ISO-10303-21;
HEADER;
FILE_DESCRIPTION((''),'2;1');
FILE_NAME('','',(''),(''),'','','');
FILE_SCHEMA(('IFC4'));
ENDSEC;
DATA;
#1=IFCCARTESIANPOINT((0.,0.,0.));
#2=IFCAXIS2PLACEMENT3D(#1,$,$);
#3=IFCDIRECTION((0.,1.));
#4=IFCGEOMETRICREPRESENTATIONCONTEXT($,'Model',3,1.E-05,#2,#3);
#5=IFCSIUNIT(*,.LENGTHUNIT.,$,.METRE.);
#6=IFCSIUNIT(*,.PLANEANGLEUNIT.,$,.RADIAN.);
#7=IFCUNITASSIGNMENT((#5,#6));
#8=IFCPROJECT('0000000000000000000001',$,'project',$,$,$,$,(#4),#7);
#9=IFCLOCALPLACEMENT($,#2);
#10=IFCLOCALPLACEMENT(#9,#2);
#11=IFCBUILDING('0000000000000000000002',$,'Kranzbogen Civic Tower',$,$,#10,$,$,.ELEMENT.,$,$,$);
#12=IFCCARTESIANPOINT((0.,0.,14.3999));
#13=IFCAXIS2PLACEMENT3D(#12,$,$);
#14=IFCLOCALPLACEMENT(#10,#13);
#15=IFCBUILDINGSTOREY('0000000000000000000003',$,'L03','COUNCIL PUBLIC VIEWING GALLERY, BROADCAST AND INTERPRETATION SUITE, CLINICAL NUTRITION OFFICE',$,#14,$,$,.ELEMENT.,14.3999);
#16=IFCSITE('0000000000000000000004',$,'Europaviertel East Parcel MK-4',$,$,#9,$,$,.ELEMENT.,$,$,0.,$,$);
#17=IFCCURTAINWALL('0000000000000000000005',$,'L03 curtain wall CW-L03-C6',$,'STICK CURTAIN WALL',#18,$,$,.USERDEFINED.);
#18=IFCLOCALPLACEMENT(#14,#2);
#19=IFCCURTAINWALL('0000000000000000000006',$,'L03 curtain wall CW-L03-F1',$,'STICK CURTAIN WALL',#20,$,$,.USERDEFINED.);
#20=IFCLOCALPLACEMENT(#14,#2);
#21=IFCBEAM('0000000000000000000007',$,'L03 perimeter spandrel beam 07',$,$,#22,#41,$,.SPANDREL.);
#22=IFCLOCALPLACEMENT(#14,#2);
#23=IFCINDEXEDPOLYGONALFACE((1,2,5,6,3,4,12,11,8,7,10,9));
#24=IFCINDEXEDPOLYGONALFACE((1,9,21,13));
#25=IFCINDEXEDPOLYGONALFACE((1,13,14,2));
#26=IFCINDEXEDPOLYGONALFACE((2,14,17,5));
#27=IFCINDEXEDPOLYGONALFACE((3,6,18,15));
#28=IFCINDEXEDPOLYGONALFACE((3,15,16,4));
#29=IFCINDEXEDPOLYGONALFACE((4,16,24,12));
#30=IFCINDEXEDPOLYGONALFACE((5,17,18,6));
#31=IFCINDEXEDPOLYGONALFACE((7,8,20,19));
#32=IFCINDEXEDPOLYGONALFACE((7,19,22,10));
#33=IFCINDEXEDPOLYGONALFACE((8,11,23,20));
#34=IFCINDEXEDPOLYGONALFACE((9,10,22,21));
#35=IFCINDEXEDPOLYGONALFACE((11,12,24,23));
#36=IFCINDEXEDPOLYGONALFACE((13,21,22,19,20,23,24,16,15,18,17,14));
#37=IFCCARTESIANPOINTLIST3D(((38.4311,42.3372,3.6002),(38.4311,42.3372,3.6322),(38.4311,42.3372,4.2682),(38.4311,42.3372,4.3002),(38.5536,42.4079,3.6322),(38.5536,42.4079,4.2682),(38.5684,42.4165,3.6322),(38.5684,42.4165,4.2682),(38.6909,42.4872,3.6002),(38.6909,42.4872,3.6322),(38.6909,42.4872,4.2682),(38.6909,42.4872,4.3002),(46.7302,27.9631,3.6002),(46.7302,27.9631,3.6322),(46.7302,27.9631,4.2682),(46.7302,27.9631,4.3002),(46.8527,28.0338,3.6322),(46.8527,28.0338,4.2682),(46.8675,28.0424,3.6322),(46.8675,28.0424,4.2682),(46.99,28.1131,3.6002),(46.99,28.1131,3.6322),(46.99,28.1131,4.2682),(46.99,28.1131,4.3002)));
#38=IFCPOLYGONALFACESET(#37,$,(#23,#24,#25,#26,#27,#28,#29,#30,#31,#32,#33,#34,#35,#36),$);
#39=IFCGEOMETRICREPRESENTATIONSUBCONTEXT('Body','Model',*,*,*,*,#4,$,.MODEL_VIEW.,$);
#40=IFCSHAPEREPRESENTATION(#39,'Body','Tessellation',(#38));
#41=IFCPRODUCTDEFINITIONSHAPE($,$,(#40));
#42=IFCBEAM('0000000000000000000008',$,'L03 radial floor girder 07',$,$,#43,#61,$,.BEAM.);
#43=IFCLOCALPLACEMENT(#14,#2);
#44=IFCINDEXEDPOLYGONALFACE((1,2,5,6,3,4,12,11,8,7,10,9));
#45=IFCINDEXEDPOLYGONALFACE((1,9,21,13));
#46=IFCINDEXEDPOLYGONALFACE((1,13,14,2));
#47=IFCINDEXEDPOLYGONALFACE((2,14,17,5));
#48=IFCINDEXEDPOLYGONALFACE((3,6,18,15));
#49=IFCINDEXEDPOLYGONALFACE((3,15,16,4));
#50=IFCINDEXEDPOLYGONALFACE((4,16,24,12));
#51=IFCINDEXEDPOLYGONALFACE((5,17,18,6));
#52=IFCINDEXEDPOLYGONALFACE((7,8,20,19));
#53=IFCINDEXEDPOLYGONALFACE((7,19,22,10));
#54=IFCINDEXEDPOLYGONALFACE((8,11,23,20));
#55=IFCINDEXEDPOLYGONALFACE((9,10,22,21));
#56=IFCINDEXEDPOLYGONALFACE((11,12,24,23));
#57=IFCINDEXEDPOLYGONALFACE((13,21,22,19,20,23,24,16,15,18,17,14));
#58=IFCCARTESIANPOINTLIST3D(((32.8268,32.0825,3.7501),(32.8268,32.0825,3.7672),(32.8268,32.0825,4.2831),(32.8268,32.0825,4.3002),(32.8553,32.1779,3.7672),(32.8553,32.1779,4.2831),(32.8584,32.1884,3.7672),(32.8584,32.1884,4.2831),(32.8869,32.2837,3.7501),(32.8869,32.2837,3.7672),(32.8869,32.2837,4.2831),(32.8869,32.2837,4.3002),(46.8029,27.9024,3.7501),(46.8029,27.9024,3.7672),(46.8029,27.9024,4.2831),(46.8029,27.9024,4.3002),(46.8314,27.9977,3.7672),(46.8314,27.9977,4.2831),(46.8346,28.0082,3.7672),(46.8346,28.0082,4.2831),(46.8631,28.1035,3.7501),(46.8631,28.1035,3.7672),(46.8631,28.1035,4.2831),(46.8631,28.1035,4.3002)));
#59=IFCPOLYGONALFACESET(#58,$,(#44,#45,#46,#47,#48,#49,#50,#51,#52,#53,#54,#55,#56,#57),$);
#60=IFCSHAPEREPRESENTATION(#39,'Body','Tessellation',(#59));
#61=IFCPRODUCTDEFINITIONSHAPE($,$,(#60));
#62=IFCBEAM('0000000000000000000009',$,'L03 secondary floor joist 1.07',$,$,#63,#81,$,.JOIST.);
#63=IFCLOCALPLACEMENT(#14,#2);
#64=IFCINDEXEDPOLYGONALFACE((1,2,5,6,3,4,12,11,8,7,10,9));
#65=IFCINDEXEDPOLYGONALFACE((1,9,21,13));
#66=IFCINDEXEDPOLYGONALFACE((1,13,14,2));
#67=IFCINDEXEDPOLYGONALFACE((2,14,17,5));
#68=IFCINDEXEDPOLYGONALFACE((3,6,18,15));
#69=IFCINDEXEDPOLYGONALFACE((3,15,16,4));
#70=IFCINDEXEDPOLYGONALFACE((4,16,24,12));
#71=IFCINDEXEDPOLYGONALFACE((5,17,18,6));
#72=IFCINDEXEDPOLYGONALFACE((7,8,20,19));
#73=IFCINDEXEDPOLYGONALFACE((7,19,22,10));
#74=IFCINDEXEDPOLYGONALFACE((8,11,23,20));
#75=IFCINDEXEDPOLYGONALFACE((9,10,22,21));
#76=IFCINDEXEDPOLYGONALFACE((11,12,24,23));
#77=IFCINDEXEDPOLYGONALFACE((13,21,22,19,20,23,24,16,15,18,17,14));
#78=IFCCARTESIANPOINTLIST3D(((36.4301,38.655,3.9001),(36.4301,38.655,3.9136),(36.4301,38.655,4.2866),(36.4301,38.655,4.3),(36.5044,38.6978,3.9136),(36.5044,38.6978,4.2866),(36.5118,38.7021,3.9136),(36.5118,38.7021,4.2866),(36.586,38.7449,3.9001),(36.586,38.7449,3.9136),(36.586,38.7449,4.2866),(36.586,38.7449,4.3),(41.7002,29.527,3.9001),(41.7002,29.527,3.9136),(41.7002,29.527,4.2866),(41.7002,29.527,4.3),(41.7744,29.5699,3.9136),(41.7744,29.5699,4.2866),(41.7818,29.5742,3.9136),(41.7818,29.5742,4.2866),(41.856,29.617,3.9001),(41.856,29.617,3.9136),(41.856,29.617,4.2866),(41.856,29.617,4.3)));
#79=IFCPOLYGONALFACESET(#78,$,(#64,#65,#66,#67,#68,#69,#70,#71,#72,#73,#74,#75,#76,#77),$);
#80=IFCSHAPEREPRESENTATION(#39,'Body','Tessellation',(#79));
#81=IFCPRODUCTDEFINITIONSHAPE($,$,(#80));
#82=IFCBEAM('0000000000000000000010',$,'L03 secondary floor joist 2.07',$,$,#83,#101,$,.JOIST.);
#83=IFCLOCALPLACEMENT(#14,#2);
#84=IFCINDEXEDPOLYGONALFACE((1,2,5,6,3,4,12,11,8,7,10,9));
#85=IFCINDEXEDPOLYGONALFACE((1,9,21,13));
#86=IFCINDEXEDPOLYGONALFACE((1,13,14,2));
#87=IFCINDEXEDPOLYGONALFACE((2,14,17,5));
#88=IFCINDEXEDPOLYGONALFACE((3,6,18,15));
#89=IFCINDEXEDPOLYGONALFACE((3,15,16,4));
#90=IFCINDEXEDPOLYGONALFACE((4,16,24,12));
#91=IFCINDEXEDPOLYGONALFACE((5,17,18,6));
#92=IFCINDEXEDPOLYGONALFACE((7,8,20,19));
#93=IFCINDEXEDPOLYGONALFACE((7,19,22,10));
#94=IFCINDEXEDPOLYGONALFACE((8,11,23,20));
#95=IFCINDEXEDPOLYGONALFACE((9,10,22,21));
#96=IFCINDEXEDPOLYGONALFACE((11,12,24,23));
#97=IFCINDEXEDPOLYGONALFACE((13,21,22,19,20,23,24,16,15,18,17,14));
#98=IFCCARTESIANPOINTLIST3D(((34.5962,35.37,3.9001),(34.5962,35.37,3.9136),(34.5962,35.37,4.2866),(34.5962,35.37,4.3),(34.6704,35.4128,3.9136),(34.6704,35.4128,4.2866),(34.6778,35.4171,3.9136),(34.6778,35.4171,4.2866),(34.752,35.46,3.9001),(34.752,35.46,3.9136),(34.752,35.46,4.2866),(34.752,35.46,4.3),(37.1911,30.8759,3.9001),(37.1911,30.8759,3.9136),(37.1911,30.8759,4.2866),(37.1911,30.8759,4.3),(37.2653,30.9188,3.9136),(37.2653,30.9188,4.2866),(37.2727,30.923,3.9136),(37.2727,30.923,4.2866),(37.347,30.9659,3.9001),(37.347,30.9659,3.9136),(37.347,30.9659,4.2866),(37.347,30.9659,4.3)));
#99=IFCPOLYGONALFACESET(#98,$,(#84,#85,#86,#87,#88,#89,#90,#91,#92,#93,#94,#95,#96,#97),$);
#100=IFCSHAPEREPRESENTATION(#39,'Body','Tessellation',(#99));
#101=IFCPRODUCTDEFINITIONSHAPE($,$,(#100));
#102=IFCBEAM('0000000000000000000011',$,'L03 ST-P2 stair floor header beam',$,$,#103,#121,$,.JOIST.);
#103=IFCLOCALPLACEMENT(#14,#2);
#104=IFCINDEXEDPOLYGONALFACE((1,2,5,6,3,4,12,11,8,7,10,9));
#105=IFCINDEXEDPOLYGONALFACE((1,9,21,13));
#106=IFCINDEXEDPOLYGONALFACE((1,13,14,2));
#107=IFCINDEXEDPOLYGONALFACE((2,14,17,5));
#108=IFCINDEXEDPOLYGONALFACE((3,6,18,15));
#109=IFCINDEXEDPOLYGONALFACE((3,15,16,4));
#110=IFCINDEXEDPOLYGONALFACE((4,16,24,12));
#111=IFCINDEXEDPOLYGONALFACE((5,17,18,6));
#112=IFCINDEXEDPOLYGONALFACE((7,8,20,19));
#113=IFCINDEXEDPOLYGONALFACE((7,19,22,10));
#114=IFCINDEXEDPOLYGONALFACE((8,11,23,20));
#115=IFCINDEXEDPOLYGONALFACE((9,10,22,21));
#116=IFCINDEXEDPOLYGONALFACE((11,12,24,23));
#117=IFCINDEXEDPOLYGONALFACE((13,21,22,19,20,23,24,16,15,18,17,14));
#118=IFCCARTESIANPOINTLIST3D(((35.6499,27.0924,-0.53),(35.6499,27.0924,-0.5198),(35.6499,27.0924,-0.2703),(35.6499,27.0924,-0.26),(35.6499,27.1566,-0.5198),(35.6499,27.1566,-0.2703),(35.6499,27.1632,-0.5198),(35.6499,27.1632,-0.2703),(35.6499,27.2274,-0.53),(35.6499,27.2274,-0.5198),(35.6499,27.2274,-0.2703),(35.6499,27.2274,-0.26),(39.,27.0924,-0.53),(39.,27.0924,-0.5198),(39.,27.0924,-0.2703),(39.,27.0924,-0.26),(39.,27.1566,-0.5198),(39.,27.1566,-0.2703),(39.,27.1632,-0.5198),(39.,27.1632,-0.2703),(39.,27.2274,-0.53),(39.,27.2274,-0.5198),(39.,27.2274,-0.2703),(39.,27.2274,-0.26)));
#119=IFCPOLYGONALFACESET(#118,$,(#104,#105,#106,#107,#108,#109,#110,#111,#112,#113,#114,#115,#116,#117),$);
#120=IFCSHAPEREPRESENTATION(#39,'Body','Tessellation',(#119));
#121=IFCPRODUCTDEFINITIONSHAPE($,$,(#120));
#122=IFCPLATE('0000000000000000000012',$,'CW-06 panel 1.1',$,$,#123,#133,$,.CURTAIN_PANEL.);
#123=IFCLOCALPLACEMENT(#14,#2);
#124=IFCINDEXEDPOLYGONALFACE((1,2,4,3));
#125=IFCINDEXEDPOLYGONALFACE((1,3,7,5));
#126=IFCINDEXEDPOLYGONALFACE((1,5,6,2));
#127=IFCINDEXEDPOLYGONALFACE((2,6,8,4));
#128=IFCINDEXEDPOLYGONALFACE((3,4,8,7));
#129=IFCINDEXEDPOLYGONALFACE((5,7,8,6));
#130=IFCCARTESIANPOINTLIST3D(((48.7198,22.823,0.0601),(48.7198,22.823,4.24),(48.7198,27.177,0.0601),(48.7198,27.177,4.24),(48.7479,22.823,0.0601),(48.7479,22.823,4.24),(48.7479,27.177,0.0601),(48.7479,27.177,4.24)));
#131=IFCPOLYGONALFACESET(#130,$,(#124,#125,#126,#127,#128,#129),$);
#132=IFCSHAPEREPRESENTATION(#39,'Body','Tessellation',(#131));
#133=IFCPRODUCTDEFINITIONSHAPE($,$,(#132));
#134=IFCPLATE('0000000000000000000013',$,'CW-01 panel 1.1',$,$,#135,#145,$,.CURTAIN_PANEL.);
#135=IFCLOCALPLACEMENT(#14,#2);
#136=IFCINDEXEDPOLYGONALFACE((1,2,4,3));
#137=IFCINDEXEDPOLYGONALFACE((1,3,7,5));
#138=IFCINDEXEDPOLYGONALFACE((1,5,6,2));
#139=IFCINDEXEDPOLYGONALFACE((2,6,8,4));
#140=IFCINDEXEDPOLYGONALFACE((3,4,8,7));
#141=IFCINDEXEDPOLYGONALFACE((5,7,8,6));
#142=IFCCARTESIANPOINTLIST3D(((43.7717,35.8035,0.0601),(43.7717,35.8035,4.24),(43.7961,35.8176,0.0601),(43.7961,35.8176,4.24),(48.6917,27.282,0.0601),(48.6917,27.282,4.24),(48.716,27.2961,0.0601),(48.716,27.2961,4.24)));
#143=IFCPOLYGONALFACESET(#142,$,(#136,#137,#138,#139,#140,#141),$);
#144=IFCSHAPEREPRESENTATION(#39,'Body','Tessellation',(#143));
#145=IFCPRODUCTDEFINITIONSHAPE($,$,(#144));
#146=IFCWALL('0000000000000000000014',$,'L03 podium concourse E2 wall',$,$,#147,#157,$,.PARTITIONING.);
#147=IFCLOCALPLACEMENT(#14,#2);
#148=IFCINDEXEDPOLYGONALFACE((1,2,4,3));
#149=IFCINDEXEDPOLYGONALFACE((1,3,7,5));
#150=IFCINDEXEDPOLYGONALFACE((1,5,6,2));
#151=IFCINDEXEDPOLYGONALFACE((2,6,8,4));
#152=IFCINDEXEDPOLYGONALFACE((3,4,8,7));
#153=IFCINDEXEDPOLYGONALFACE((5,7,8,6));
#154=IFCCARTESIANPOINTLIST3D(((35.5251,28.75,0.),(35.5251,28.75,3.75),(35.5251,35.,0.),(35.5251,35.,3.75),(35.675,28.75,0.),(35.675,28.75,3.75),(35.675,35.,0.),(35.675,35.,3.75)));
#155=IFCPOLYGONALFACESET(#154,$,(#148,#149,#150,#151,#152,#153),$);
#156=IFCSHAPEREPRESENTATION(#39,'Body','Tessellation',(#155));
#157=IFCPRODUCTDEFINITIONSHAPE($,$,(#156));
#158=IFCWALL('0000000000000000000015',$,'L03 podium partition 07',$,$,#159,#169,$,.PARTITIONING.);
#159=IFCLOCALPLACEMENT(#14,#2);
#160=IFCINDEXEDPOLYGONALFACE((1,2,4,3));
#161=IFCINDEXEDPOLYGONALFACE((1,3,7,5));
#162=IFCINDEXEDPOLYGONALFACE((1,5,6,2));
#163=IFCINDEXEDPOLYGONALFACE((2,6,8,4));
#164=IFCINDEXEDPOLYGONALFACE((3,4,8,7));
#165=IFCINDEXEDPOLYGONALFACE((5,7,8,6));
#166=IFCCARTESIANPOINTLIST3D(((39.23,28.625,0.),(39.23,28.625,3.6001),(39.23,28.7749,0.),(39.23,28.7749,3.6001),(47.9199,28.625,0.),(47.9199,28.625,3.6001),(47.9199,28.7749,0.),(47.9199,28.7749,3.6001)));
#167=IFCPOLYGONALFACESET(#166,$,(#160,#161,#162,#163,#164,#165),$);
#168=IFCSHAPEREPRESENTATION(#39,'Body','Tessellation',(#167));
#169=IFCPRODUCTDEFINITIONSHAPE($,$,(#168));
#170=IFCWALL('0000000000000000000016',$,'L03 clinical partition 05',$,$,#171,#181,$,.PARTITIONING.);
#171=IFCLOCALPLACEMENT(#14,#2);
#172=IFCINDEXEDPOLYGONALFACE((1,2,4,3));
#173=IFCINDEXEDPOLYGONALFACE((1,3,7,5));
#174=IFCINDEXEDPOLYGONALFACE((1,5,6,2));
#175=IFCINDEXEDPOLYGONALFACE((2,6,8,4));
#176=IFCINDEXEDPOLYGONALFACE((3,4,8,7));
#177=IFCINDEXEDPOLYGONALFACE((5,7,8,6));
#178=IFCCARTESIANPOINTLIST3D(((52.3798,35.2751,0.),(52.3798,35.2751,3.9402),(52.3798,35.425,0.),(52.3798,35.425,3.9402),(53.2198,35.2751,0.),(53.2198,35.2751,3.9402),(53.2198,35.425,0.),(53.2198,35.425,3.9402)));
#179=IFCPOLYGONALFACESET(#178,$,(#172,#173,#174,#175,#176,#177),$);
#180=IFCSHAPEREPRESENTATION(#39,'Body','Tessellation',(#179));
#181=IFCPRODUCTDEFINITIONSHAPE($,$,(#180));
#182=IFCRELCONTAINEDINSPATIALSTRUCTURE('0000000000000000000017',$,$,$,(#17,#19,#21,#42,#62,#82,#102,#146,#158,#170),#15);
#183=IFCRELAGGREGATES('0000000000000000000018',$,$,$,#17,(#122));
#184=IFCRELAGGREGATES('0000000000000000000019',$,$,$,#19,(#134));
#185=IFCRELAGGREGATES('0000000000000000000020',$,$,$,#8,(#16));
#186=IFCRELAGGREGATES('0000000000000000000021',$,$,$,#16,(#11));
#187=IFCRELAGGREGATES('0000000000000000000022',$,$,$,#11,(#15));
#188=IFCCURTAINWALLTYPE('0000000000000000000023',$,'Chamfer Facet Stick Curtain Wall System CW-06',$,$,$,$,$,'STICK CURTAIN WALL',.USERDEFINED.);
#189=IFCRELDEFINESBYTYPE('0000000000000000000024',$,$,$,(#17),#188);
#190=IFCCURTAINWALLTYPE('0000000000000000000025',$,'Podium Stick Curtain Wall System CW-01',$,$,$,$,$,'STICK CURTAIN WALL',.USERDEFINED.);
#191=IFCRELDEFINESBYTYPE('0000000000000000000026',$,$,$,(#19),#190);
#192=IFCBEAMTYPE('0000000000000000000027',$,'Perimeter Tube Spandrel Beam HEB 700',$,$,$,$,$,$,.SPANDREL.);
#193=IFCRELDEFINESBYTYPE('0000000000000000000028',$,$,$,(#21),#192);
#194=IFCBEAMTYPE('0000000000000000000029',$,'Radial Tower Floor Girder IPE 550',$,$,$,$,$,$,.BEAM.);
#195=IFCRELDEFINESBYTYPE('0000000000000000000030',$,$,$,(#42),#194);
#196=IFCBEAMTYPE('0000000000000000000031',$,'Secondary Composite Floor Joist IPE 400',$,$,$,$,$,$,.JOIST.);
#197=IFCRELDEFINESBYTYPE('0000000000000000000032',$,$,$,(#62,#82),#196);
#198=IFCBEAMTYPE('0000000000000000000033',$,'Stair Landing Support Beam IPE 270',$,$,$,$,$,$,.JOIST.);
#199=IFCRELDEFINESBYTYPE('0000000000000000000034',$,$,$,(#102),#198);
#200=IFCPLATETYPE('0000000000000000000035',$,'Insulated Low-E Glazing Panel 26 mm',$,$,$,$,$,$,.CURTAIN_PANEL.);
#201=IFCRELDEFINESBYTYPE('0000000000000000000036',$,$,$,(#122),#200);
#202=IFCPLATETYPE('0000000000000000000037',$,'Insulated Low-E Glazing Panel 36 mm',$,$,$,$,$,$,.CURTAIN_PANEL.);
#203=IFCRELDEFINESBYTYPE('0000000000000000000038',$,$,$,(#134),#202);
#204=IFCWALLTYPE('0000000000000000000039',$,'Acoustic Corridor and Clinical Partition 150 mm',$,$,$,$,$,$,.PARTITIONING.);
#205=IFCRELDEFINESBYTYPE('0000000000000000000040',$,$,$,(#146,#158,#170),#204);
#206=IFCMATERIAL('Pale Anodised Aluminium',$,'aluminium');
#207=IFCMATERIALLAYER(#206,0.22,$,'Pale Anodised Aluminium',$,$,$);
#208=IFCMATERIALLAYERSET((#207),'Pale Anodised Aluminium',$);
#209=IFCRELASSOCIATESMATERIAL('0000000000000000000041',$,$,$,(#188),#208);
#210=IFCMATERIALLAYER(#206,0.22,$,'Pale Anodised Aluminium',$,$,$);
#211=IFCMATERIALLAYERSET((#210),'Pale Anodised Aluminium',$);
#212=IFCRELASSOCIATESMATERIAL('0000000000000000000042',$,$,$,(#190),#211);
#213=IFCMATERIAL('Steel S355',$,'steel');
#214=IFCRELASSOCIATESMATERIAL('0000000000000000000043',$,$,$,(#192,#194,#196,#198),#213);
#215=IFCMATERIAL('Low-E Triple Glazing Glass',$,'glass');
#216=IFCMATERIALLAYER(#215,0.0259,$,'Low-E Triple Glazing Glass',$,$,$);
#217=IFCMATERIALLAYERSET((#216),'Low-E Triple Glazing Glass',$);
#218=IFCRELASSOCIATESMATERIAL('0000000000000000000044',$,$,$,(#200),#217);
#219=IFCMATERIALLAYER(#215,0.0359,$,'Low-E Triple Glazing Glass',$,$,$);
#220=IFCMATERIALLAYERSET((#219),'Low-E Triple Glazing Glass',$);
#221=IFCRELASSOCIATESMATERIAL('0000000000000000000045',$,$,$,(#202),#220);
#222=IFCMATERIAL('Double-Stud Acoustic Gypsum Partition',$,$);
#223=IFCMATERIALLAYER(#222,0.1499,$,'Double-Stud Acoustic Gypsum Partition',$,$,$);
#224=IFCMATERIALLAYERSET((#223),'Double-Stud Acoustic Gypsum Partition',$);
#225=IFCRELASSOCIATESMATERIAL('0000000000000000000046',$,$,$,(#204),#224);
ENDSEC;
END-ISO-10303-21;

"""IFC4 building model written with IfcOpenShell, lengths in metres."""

from ifc_helpers import new_model, si_unit, direction, frame, frame_2d, origin, origin_2d, place, context, subcontext, project, spatial, rectangle, i_section, extrude, material, layer, layer_set, material_profile, profile_set, type_object, element, aggregate, save


model = new_model("IFC4")

# Units and contexts
model_context = context("Model", 3, precision=1e-05, world=origin(), true_north=direction((0.0, 1.0)))
body_context = subcontext(model_context, "Body", "Model", "MODEL_VIEW")
ifc_project = project(units=[si_unit("LENGTHUNIT", "METRE"), si_unit("PLANEANGLEUNIT", "RADIAN")], contexts=[model_context])

# Site, building, storey
site_placement = place(None, origin())
site = spatial("IfcSite", under=ifc_project, at=site_placement, Name="Europaviertel East Parcel MK-4", CompositionType="ELEMENT", RefElevation=0.0)
building_placement = place(site_placement, origin())
building = spatial("IfcBuilding", under=site, at=building_placement, Name="Kranzbogen Civic Tower", CompositionType="ELEMENT")
storey_placement = place(building_placement, frame((0.0, 0.0, 14.3999)))
storey = spatial("IfcBuildingStorey", under=building, at=storey_placement, Name="L03", Description="COUNCIL PUBLIC VIEWING GALLERY, BROADCAST AND INTERPRETATION SUITE, CLINICAL NUTRITION OFFICE", CompositionType="ELEMENT", Elevation=14.3999)

# Curtain wall
ifc_material_1 = material(Name="Pale Anodised Aluminium", Category="aluminium")
ifc_layer_1 = layer(ifc_material_1, 0.22, Name="Pale Anodised Aluminium")
ifc_layer_set_1 = layer_set([ifc_layer_1], Name="Pale Anodised Aluminium")
curtain_wall_type_1 = type_object("IfcCurtainWallType", Name="Chamfer Facet Stick Curtain Wall System CW-06", ElementType="STICK CURTAIN WALL", PredefinedType="USERDEFINED", material=ifc_layer_set_1)
curtain_wall_1_placement = place(storey_placement, origin())
curtain_wall_1 = element("IfcCurtainWall", 1, at=curtain_wall_1_placement, inside=storey, type_object=curtain_wall_type_1, Name="L03 curtain wall CW-L03-C6", ObjectType="STICK CURTAIN WALL", PredefinedType="USERDEFINED")

# Curtain wall
ifc_layer_2 = layer(ifc_material_1, 0.22, Name="Pale Anodised Aluminium")
ifc_layer_set_2 = layer_set([ifc_layer_2], Name="Pale Anodised Aluminium")
curtain_wall_type_2 = type_object("IfcCurtainWallType", Name="Podium Stick Curtain Wall System CW-01", ElementType="STICK CURTAIN WALL", PredefinedType="USERDEFINED", material=ifc_layer_set_2)
curtain_wall_2_placement = place(storey_placement, origin())
curtain_wall_2 = element("IfcCurtainWall", 2, at=curtain_wall_2_placement, inside=storey, type_object=curtain_wall_type_2, Name="L03 curtain wall CW-L03-F1", ObjectType="STICK CURTAIN WALL", PredefinedType="USERDEFINED")

# Beams
ifc_material_2 = material(Name="Steel S355", Category="steel")
ifc_material_profile_1 = material_profile(ifc_material_2, i_section(OverallWidth=0.3, OverallDepth=0.7, WebThickness=0.0171, FlangeThickness=0.032, at=origin_2d()), Name="HEB 700")
ifc_profile_set_1 = profile_set([ifc_material_profile_1], Name="Steel S355")
beam_type_1 = type_object("IfcBeamType", Name="Perimeter Tube Spandrel Beam HEB 700", PredefinedType="SPANDREL", material=ifc_profile_set_1)
beam_1_placement = place(storey_placement, frame((46.8601, 28.0381, 3.9502), z_axis=(-0.50001, 0.86602, 0.0), x_axis=(-0.86602, -0.50001, 0.0)))
element("IfcBeam", 3, at=beam_1_placement, inside=storey, type_object=beam_type_1, Name="L03 perimeter spandrel beam 07", PredefinedType="SPANDREL", context=body_context, shape_type="SweptSolid", body=[
    extrude(i_section(OverallWidth=0.3, OverallDepth=0.7, WebThickness=0.0171, FlangeThickness=0.032, at=origin_2d()), origin(), (0.0, 0.0, 1.0), 16.5979),
])
ifc_material_profile_2 = material_profile(ifc_material_2, i_section(OverallWidth=0.21, OverallDepth=0.55, WebThickness=0.011, FlangeThickness=0.0171, at=origin_2d()), Name="IPE 550")
ifc_profile_set_2 = profile_set([ifc_material_profile_2], Name="Steel S355")
beam_type_2 = type_object("IfcBeamType", Name="Radial Tower Floor Girder IPE 550", PredefinedType="BEAM", material=ifc_profile_set_2)
beam_2_placement = place(storey_placement, frame((46.833, 28.0029, 4.0251), z_axis=(-0.958065, 0.286552, 0.0), x_axis=(-0.286552, -0.958065, 0.0)))
element("IfcBeam", 4, at=beam_2_placement, inside=storey, type_object=beam_type_2, Name="L03 radial floor girder 07", PredefinedType="BEAM", context=body_context, shape_type="SweptSolid", body=[
    extrude(i_section(OverallWidth=0.21, OverallDepth=0.55, WebThickness=0.011, FlangeThickness=0.0171, at=origin_2d()), origin(), (0.0, 0.0, 1.0), 14.5879),
])
ifc_material_profile_3 = material_profile(ifc_material_2, i_section(OverallWidth=0.1799, OverallDepth=0.3999, WebThickness=0.0085, FlangeThickness=0.0134, at=origin_2d()), Name="IPE 400")
ifc_profile_set_3 = profile_set([ifc_material_profile_3], Name="Steel S355")
beam_type_3 = type_object("IfcBeamType", Name="Secondary Composite Floor Joist IPE 400", PredefinedType="JOIST", material=ifc_profile_set_3)
beam_3_placement = place(storey_placement, frame((41.7781, 29.572, 4.1001), z_axis=(-0.5, 0.866025, 0.0), x_axis=(-0.866025, -0.5, 0.0)))
element("IfcBeam", 5, at=beam_3_placement, inside=storey, type_object=beam_type_3, Name="L03 secondary floor joist 1.07", PredefinedType="JOIST", context=body_context, shape_type="SweptSolid", body=[
    extrude(i_section(OverallWidth=0.1799, OverallDepth=0.3999, WebThickness=0.0085, FlangeThickness=0.0134, at=origin_2d()), origin(), (0.0, 0.0, 1.0), 10.54),
])
beam_4_placement = place(storey_placement, frame((37.269, 30.9209, 4.1001), z_axis=(-0.50004, 0.866002, 0.0), x_axis=(-0.866002, -0.50004, 0.0)))
element("IfcBeam", 6, at=beam_4_placement, inside=storey, type_object=beam_type_3, Name="L03 secondary floor joist 2.07", PredefinedType="JOIST", context=body_context, shape_type="SweptSolid", body=[
    extrude(i_section(OverallWidth=0.1799, OverallDepth=0.3999, WebThickness=0.0085, FlangeThickness=0.0134, at=origin_2d()), origin(), (0.0, 0.0, 1.0), 5.1895),
])
ifc_material_profile_4 = material_profile(ifc_material_2, i_section(OverallWidth=0.135, OverallDepth=0.27, WebThickness=0.0066, FlangeThickness=0.0103, at=origin_2d()), Name="IPE 270")
ifc_profile_set_4 = profile_set([ifc_material_profile_4], Name="Steel S355")
beam_type_4 = type_object("IfcBeamType", Name="Stair Landing Support Beam IPE 270", PredefinedType="JOIST", material=ifc_profile_set_4)
beam_5_placement = place(storey_placement, frame((35.6499, 27.1599, -0.395), z_axis=(1.0, 0.0, 0.0), x_axis=(0.0, 1.0, 0.0)))
element("IfcBeam", 7, at=beam_5_placement, inside=storey, type_object=beam_type_4, Name="L03 ST-P2 stair floor header beam", PredefinedType="JOIST", context=body_context, shape_type="SweptSolid", body=[
    extrude(i_section(OverallWidth=0.135, OverallDepth=0.27, WebThickness=0.0066, FlangeThickness=0.0103, at=origin_2d()), origin(), (0.0, 0.0, 1.0), 3.3501),
])

# Plates
ifc_material_3 = material(Name="Low-E Triple Glazing Glass", Category="glass")
ifc_layer_3 = layer(ifc_material_3, 0.0259, Name="Low-E Triple Glazing Glass")
ifc_layer_set_3 = layer_set([ifc_layer_3], Name="Low-E Triple Glazing Glass")
plate_type_1 = type_object("IfcPlateType", Name="Insulated Low-E Glazing Panel 26 mm", PredefinedType="CURTAIN_PANEL", material=ifc_layer_set_3)
plate_1_placement = place(storey_placement, frame((48.7339, 25.0, 0.0601), z_axis=(0.0, 0.0, 1.0), x_axis=(0.0, 1.0, 0.0)))
plate_1 = element("IfcPlate", 8, at=plate_1_placement, type_object=plate_type_1, Name="CW-06 panel 1.1", PredefinedType="CURTAIN_PANEL", context=body_context, shape_type="SweptSolid", body=[
    extrude(rectangle(XDim=4.354, YDim=0.0281, at=origin_2d()), origin(), (0.0, 0.0, 1.0), 4.1799),
])
aggregate(curtain_wall_1, [plate_1])
ifc_layer_4 = layer(ifc_material_3, 0.0359, Name="Low-E Triple Glazing Glass")
ifc_layer_set_4 = layer_set([ifc_layer_4], Name="Low-E Triple Glazing Glass")
plate_type_2 = type_object("IfcPlateType", Name="Insulated Low-E Glazing Panel 36 mm", PredefinedType="CURTAIN_PANEL", material=ifc_layer_set_4)
plate_2_placement = place(storey_placement, frame((46.2439, 31.5498, 0.0601), z_axis=(0.0, 0.0, 1.0), x_axis=(-0.500006, 0.866022, 0.0)))
plate_2 = element("IfcPlate", 9, at=plate_2_placement, type_object=plate_type_2, Name="CW-01 panel 1.1", PredefinedType="CURTAIN_PANEL", context=body_context, shape_type="SweptSolid", body=[
    extrude(rectangle(XDim=9.8398, YDim=0.0281, at=origin_2d()), origin(), (0.0, 0.0, 1.0), 4.1799),
])
aggregate(curtain_wall_2, [plate_2])

# Walls
ifc_material_4 = material(Name="Double-Stud Acoustic Gypsum Partition")
ifc_layer_5 = layer(ifc_material_4, 0.1499, Name="Double-Stud Acoustic Gypsum Partition")
ifc_layer_set_5 = layer_set([ifc_layer_5], Name="Double-Stud Acoustic Gypsum Partition")
wall_type_1 = type_object("IfcWallType", Name="Acoustic Corridor and Clinical Partition 150 mm", PredefinedType="PARTITIONING", material=ifc_layer_set_5)
wall_1_placement = place(storey_placement, frame((35.6001, 28.75, 0.0), z_axis=(0.0, 0.0, 1.0), x_axis=(0.0, 1.0, 0.0)))
element("IfcWall", 10, at=wall_1_placement, inside=storey, type_object=wall_type_1, Name="L03 podium concourse E2 wall", PredefinedType="PARTITIONING", context=body_context, shape_type="SweptSolid", body=[
    extrude(rectangle(XDim=6.25, YDim=0.1499, at=frame_2d((3.125, 0.0))), origin(), (0.0, 0.0, 1.0), 3.75),
])
wall_2_placement = place(storey_placement, frame((39.23, 28.7, 0.0), z_axis=(0.0, 0.0, 1.0), x_axis=(1.0, 0.0, 0.0)))
element("IfcWall", 11, at=wall_2_placement, inside=storey, type_object=wall_type_1, Name="L03 podium partition 07", PredefinedType="PARTITIONING", context=body_context, shape_type="SweptSolid", body=[
    extrude(rectangle(XDim=8.6899, YDim=0.1499, at=frame_2d((4.345, 0.0))), origin(), (0.0, 0.0, 1.0), 3.6001),
])
wall_3_placement = place(storey_placement, frame((52.3799, 35.3501, 0.0), z_axis=(0.0, 0.0, 1.0), x_axis=(1.0, 0.0, 0.0)))
element("IfcWall", 12, at=wall_3_placement, inside=storey, type_object=wall_type_1, Name="L03 clinical partition 05", PredefinedType="PARTITIONING", context=body_context, shape_type="SweptSolid", body=[
    extrude(rectangle(XDim=0.8401, YDim=0.1499, at=frame_2d((0.4199, 0.0))), origin(), (0.0, 0.0, 1.0), 3.9402),
])

save(model, "model.ifc")
